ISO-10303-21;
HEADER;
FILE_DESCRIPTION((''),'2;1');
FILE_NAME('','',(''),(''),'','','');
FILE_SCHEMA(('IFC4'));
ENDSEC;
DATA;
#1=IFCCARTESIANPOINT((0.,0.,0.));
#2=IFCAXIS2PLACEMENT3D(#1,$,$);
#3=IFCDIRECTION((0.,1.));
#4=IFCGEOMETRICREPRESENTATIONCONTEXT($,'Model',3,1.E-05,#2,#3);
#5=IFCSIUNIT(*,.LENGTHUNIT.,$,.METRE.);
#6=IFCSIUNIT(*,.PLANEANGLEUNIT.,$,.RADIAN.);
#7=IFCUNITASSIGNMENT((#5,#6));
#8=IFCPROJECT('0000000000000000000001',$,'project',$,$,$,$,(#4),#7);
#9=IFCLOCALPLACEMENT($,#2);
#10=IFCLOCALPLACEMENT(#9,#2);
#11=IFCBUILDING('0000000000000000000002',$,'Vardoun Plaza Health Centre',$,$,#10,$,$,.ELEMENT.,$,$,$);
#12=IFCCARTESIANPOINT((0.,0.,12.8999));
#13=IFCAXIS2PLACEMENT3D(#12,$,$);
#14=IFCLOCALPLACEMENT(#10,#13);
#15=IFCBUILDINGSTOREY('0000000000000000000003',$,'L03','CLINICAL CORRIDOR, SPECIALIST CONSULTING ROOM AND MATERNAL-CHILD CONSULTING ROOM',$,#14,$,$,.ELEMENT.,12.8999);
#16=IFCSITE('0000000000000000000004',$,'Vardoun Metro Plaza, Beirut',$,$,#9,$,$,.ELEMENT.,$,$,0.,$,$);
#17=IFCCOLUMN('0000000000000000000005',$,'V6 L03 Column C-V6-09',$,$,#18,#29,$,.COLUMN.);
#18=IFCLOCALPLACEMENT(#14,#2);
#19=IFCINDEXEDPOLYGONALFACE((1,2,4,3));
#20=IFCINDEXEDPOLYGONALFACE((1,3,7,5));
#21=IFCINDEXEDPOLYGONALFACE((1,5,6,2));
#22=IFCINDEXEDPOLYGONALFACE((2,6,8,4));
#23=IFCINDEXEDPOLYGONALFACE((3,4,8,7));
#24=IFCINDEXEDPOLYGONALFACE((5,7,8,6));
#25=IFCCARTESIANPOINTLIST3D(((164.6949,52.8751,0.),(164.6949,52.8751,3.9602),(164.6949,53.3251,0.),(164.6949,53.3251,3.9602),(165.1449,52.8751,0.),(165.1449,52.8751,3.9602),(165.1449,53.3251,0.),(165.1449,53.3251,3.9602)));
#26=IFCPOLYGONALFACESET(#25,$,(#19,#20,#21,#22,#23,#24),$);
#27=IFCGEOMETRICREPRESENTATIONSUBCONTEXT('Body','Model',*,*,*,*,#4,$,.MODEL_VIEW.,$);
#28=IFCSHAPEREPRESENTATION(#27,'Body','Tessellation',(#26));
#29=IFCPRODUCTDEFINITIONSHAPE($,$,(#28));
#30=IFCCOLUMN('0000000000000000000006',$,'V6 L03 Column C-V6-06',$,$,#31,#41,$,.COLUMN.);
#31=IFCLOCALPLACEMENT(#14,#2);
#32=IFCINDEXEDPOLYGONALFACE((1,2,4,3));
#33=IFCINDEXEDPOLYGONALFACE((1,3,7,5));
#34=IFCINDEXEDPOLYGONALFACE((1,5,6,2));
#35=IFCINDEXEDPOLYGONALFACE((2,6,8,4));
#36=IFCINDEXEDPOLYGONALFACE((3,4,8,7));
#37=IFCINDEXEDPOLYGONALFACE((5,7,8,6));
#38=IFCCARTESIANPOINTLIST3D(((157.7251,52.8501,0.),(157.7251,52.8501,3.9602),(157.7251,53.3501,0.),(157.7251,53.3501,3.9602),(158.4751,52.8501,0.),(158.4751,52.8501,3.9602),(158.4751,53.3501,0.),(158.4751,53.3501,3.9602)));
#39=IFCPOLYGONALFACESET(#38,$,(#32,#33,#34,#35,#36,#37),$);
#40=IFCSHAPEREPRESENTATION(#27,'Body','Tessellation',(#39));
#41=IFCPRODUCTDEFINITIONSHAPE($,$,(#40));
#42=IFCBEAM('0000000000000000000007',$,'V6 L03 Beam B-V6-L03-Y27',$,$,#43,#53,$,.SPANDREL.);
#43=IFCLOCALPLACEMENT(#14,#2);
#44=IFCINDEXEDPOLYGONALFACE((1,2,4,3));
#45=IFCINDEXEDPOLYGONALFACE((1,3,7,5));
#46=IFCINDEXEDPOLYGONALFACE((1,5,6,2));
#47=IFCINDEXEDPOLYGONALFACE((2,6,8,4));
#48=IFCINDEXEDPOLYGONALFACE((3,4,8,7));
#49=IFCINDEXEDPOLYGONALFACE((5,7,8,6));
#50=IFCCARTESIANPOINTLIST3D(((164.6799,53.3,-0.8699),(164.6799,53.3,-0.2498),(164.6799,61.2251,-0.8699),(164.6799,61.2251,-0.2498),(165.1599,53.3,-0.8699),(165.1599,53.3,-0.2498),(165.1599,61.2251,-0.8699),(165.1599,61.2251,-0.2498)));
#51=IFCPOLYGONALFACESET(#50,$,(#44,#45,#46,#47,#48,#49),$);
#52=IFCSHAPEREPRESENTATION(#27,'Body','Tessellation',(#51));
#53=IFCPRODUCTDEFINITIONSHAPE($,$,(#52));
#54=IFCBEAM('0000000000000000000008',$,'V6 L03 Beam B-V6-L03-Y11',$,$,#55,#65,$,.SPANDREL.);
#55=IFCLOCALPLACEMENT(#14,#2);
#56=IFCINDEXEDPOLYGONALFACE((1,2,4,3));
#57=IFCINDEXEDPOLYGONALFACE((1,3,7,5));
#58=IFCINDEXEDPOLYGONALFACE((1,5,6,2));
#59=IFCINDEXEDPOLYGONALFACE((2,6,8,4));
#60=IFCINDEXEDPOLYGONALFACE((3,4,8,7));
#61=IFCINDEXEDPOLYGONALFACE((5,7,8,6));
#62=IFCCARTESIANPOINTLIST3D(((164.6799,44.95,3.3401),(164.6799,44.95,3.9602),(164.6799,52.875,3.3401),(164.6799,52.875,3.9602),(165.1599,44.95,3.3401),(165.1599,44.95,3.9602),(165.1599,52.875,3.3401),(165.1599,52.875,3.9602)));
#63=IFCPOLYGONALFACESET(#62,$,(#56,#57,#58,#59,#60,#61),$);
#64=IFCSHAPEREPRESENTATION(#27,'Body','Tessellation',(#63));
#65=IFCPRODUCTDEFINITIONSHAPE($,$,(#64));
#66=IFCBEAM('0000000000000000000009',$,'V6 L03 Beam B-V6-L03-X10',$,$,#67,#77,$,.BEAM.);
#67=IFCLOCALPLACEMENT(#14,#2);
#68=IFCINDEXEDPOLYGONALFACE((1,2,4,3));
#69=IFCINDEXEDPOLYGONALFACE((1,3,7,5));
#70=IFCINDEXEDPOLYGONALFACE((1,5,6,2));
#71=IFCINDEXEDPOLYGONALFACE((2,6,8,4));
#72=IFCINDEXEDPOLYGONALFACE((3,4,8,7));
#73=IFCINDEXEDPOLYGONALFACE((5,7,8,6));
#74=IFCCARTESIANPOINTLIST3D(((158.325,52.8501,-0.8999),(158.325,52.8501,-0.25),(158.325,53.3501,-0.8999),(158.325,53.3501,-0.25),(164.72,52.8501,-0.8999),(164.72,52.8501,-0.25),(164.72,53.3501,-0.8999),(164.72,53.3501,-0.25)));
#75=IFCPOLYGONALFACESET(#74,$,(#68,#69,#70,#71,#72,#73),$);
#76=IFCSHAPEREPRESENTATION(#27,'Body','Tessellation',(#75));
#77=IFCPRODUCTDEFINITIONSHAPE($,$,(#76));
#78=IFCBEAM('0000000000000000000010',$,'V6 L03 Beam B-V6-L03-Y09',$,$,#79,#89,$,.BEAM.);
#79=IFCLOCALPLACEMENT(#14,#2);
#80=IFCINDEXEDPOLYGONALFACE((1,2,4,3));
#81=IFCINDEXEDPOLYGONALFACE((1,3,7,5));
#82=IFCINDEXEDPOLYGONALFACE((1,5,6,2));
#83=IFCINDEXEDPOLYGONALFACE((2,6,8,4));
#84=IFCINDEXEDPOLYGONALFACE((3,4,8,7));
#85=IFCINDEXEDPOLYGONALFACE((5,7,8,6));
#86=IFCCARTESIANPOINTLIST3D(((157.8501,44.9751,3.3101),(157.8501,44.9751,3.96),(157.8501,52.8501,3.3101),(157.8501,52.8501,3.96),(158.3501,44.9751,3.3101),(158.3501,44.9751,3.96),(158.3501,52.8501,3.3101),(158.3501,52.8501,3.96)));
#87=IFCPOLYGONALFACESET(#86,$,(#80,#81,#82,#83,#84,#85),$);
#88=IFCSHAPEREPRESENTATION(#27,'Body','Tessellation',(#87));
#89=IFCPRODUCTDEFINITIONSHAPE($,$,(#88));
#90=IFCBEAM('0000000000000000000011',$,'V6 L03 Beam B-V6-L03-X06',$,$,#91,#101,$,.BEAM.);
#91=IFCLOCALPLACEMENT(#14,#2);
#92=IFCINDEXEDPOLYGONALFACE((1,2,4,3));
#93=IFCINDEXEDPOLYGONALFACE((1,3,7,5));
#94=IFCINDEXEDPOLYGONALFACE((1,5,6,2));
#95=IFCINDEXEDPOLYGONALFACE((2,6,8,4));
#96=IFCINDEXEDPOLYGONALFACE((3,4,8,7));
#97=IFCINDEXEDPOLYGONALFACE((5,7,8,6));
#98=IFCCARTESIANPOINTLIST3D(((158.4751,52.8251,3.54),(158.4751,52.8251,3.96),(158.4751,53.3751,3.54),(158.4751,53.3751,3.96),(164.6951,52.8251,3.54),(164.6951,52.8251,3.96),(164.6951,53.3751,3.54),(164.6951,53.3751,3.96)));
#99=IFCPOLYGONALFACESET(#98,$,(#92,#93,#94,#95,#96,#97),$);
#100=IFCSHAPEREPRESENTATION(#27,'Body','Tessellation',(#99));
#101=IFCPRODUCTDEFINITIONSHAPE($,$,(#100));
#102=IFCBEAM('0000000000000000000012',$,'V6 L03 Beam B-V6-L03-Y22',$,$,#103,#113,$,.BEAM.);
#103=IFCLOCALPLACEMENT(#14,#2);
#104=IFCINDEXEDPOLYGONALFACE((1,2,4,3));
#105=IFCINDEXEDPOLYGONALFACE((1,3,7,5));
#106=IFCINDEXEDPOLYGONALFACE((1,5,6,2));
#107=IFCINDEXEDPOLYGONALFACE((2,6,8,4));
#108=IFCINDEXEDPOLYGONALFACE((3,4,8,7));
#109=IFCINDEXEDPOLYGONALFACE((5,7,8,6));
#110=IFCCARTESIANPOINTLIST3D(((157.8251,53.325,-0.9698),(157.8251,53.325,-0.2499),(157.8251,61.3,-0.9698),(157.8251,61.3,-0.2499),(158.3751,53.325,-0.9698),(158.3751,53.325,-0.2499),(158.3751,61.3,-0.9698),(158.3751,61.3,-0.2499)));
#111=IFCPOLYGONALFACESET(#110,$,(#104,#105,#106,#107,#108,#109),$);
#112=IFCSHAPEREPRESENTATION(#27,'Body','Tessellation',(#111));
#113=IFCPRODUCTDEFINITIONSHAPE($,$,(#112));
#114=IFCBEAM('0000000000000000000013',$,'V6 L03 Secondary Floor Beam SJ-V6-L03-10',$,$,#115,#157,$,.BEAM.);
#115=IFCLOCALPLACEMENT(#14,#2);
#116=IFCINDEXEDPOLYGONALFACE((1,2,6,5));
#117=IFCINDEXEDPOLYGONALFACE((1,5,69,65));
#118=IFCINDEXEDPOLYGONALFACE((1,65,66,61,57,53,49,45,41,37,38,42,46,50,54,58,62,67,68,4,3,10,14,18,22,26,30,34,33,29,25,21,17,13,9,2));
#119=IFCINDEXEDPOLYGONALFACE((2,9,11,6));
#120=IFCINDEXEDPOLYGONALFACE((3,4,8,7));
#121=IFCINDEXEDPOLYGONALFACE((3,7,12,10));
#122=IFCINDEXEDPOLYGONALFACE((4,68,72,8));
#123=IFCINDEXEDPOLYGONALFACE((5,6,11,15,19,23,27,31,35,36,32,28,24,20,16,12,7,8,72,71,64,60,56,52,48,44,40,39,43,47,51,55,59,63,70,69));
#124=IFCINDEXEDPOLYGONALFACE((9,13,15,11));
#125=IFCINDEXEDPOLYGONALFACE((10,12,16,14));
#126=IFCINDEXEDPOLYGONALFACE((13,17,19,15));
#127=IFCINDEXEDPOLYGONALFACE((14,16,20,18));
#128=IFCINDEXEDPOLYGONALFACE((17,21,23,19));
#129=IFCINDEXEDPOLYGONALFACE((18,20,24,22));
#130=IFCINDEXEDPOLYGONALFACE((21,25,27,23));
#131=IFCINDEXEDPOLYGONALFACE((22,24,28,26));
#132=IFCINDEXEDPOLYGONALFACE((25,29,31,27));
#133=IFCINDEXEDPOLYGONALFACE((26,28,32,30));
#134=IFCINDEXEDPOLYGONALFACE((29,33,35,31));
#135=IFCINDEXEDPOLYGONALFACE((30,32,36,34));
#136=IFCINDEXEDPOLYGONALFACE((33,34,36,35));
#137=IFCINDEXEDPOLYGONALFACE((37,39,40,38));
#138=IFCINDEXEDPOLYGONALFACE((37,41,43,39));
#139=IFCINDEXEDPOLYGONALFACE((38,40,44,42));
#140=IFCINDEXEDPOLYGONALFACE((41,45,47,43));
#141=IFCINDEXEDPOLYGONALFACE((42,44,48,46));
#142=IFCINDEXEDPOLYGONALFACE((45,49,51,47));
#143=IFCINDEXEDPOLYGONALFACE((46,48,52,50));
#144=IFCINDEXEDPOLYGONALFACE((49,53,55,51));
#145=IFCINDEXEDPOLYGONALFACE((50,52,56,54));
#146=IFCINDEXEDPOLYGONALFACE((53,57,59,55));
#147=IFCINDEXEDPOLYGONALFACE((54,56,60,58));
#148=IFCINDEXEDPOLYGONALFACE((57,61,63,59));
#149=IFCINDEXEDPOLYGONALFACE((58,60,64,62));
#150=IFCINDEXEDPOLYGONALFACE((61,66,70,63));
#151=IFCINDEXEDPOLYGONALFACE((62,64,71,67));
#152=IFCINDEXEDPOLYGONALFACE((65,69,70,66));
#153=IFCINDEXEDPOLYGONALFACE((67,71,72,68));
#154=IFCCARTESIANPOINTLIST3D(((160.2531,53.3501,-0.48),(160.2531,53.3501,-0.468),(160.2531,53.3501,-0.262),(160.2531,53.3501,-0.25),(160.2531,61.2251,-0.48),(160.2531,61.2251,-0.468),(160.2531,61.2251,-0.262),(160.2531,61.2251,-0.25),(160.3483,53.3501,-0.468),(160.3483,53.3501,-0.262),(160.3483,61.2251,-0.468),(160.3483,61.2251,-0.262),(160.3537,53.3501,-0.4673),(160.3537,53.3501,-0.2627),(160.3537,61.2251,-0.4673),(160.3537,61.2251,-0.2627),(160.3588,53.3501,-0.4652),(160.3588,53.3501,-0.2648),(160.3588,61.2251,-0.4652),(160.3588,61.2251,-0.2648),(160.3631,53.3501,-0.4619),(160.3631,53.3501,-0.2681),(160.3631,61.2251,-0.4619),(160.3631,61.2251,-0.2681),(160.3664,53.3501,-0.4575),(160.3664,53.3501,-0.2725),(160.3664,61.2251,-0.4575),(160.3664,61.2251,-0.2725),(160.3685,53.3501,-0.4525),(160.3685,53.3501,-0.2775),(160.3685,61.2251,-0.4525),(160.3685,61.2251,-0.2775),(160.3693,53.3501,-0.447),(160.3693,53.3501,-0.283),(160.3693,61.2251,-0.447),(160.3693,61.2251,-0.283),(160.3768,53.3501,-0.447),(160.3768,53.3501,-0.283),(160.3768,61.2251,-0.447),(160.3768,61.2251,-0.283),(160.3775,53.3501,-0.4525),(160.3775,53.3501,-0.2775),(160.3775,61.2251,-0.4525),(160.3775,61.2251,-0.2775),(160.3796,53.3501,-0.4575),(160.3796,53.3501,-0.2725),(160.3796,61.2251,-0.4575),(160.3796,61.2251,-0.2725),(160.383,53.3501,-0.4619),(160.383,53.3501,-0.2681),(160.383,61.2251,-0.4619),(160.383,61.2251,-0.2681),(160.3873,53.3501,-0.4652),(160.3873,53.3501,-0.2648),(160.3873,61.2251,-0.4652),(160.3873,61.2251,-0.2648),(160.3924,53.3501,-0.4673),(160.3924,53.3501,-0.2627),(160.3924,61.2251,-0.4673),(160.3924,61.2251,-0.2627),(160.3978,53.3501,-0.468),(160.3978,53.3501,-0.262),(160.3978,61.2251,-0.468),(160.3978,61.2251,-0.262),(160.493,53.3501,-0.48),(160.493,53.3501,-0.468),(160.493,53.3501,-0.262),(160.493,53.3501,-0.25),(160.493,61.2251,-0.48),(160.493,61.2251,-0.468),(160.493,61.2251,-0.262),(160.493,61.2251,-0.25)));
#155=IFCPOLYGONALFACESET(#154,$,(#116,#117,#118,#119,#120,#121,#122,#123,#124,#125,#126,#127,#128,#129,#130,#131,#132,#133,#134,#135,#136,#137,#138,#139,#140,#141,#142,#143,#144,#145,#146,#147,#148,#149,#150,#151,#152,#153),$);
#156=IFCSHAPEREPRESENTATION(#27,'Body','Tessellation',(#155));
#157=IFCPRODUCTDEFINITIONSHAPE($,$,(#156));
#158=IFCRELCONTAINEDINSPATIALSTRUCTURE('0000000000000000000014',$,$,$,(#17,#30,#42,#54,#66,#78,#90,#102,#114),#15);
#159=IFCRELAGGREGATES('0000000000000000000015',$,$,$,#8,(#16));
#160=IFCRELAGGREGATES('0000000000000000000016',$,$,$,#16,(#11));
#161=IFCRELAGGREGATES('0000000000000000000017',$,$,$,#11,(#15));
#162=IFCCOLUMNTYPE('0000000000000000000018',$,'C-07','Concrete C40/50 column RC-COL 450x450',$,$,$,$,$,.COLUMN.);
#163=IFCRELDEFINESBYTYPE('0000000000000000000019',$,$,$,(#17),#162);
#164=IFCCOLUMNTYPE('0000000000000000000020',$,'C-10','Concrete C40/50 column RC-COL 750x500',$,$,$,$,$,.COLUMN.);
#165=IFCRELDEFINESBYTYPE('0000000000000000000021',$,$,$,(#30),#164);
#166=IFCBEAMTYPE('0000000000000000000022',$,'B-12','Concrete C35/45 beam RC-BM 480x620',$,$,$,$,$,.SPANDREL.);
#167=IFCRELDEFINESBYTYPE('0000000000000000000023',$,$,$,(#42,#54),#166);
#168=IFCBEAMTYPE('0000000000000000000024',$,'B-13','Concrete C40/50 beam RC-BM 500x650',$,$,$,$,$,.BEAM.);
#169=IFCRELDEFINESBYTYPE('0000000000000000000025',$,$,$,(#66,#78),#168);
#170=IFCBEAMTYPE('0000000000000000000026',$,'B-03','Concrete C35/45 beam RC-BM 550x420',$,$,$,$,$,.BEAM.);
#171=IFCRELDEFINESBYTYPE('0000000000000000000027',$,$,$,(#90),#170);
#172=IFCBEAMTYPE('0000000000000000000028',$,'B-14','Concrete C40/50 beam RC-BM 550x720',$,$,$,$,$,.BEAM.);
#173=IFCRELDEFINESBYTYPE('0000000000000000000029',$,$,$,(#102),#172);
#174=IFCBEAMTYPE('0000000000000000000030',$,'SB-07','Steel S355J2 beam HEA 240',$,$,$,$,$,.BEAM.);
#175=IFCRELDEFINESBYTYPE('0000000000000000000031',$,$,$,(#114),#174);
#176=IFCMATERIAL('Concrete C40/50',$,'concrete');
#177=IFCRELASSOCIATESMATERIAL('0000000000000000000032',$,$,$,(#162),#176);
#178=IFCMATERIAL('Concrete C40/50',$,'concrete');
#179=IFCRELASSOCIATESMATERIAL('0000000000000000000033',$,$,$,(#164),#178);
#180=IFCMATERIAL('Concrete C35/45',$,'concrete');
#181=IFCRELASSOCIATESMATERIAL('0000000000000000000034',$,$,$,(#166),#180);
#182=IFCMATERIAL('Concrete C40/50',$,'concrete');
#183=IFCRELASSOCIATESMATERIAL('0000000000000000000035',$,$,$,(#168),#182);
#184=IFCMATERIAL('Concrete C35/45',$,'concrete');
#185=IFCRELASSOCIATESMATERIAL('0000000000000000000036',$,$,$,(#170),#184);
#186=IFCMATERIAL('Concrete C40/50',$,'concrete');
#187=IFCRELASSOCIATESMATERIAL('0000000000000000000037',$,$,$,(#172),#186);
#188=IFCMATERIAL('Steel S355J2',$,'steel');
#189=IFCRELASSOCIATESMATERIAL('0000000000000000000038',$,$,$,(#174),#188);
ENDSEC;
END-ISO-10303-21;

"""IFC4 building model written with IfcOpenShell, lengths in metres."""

from ifc_helpers import new_model, si_unit, direction, frame, origin, origin_2d, place, context, subcontext, project, spatial, rectangle, i_section, extrude, material, material_profile, profile_set, type_object, element, save


model = new_model("IFC4")

# Units and contexts
model_context = context("Model", 3, precision=1e-05, world=origin(), true_north=direction((0.0, 1.0)))
body_context = subcontext(model_context, "Body", "Model", "MODEL_VIEW")
ifc_project = project(units=[si_unit("LENGTHUNIT", "METRE"), si_unit("PLANEANGLEUNIT", "RADIAN")], contexts=[model_context])

# Site, building, storey
site_placement = place(None, origin())
site = spatial("IfcSite", under=ifc_project, at=site_placement, Name="Vardoun Metro Plaza, Beirut", CompositionType="ELEMENT", RefElevation=0.0)
building_placement = place(site_placement, origin())
building = spatial("IfcBuilding", under=site, at=building_placement, Name="Vardoun Plaza Health Centre", CompositionType="ELEMENT")
storey_placement = place(building_placement, frame((0.0, 0.0, 12.8999)))
storey = spatial("IfcBuildingStorey", under=building, at=storey_placement, Name="L03", Description="CLINICAL CORRIDOR, SPECIALIST CONSULTING ROOM AND MATERNAL-CHILD CONSULTING ROOM", CompositionType="ELEMENT", Elevation=12.8999)

# Columns
ifc_material_1 = material(Name="Concrete C40/50", Category="concrete")
ifc_material_profile_1 = material_profile(ifc_material_1, rectangle(XDim=0.45, YDim=0.45, at=origin_2d()), Name="RC-COL 450x450")
ifc_profile_set_1 = profile_set([ifc_material_profile_1], Name="Concrete C40/50")
column_type_1 = type_object("IfcColumnType", Name="C-07", Description="Concrete C40/50 column RC-COL 450x450", PredefinedType="COLUMN", material=ifc_profile_set_1)
column_1_placement = place(storey_placement, frame((164.9199, 53.1001, 0.0), z_axis=(0.0, 0.0, 1.0), x_axis=(1.0, 0.0, 0.0)))
element("IfcColumn", 1, at=column_1_placement, inside=storey, type_object=column_type_1, Name="V6 L03 Column C-V6-09", PredefinedType="COLUMN", context=body_context, shape_type="SweptSolid", body=[
    extrude(rectangle(XDim=0.45, YDim=0.45, at=origin_2d()), origin(), (0.0, 0.0, 1.0), 3.9602),
])
ifc_material_2 = material(Name="Concrete C40/50", Category="concrete")
ifc_material_profile_2 = material_profile(ifc_material_2, rectangle(XDim=0.75, YDim=0.5, at=origin_2d()), Name="RC-COL 750x500")
ifc_profile_set_2 = profile_set([ifc_material_profile_2], Name="Concrete C40/50")
column_type_2 = type_object("IfcColumnType", Name="C-10", Description="Concrete C40/50 column RC-COL 750x500", PredefinedType="COLUMN", material=ifc_profile_set_2)
column_2_placement = place(storey_placement, frame((158.1001, 53.1001, 0.0), z_axis=(0.0, 0.0, 1.0), x_axis=(1.0, 0.0, 0.0)))
element("IfcColumn", 2, at=column_2_placement, inside=storey, type_object=column_type_2, Name="V6 L03 Column C-V6-06", PredefinedType="COLUMN", context=body_context, shape_type="SweptSolid", body=[
    extrude(rectangle(XDim=0.75, YDim=0.5, at=origin_2d()), origin(), (0.0, 0.0, 1.0), 3.9602),
])

# Beams
ifc_material_3 = material(Name="Concrete C35/45", Category="concrete")
ifc_material_profile_3 = material_profile(ifc_material_3, rectangle(XDim=0.48, YDim=0.6201, at=origin_2d()), Name="RC-BM 480x620")
ifc_profile_set_3 = profile_set([ifc_material_profile_3], Name="Concrete C35/45")
beam_type_1 = type_object("IfcBeamType", Name="B-12", Description="Concrete C35/45 beam RC-BM 480x620", PredefinedType="SPANDREL", material=ifc_profile_set_3)
for number, where, z_axis, x_axis, name in (
    (3, (164.9199, 53.3, -0.5598), (0.0, 1.0, 0.0), (-1.0, 0.0, 0.0), "V6 L03 Beam B-V6-L03-Y27"),
    (4, (164.9199, 44.95, 3.6501), (0.0, 1.0, 0.0), (-1.0, 0.0, 0.0), "V6 L03 Beam B-V6-L03-Y11"),
):
    element("IfcBeam", number, at=place(storey_placement, frame(where, z_axis=z_axis, x_axis=x_axis)), inside=storey, type_object=beam_type_1, Name=name, PredefinedType="SPANDREL", context=body_context, shape_type="SweptSolid", body=[
        extrude(rectangle(XDim=0.48, YDim=0.6201, at=origin_2d()), origin(), (0.0, 0.0, 1.0), 7.925),
    ])
ifc_material_4 = material(Name="Concrete C40/50", Category="concrete")
ifc_material_profile_4 = material_profile(ifc_material_4, rectangle(XDim=0.5, YDim=0.6499, at=origin_2d()), Name="RC-BM 500x650")
ifc_profile_set_4 = profile_set([ifc_material_profile_4], Name="Concrete C40/50")
beam_type_2 = type_object("IfcBeamType", Name="B-13", Description="Concrete C40/50 beam RC-BM 500x650", PredefinedType="BEAM", material=ifc_profile_set_4)
beam_1_placement = place(storey_placement, frame((158.325, 53.1001, -0.575), z_axis=(1.0, 0.0, 0.0), x_axis=(0.0, 1.0, 0.0)))
element("IfcBeam", 5, at=beam_1_placement, inside=storey, type_object=beam_type_2, Name="V6 L03 Beam B-V6-L03-X10", PredefinedType="BEAM", context=body_context, shape_type="SweptSolid", body=[
    extrude(rectangle(XDim=0.5, YDim=0.6499, at=origin_2d()), origin(), (0.0, 0.0, 1.0), 6.395),
])
beam_2_placement = place(storey_placement, frame((158.1001, 44.9751, 3.635), z_axis=(0.0, 1.0, 0.0), x_axis=(-1.0, 0.0, 0.0)))
element("IfcBeam", 6, at=beam_2_placement, inside=storey, type_object=beam_type_2, Name="V6 L03 Beam B-V6-L03-Y09", PredefinedType="BEAM", context=body_context, shape_type="SweptSolid", body=[
    extrude(rectangle(XDim=0.5, YDim=0.6499, at=origin_2d()), origin(), (0.0, 0.0, 1.0), 7.875),
])
ifc_material_5 = material(Name="Concrete C35/45", Category="concrete")
ifc_material_profile_5 = material_profile(ifc_material_5, rectangle(XDim=0.55, YDim=0.4199, at=origin_2d()), Name="RC-BM 550x420")
ifc_profile_set_5 = profile_set([ifc_material_profile_5], Name="Concrete C35/45")
beam_type_3 = type_object("IfcBeamType", Name="B-03", Description="Concrete C35/45 beam RC-BM 550x420", PredefinedType="BEAM", material=ifc_profile_set_5)
beam_3_placement = place(storey_placement, frame((158.4751, 53.1001, 3.75), z_axis=(1.0, 0.0, 0.0), x_axis=(0.0, 1.0, 0.0)))
element("IfcBeam", 7, at=beam_3_placement, inside=storey, type_object=beam_type_3, Name="V6 L03 Beam B-V6-L03-X06", PredefinedType="BEAM", context=body_context, shape_type="SweptSolid", body=[
    extrude(rectangle(XDim=0.55, YDim=0.4199, at=origin_2d()), origin(), (0.0, 0.0, 1.0), 6.22),
])
ifc_material_6 = material(Name="Concrete C40/50", Category="concrete")
ifc_material_profile_6 = material_profile(ifc_material_6, rectangle(XDim=0.55, YDim=0.72, at=origin_2d()), Name="RC-BM 550x720")
ifc_profile_set_6 = profile_set([ifc_material_profile_6], Name="Concrete C40/50")
beam_type_4 = type_object("IfcBeamType", Name="B-14", Description="Concrete C40/50 beam RC-BM 550x720", PredefinedType="BEAM", material=ifc_profile_set_6)
beam_4_placement = place(storey_placement, frame((158.1001, 53.325, -0.6099), z_axis=(0.0, 1.0, 0.0), x_axis=(-1.0, 0.0, 0.0)))
element("IfcBeam", 8, at=beam_4_placement, inside=storey, type_object=beam_type_4, Name="V6 L03 Beam B-V6-L03-Y22", PredefinedType="BEAM", context=body_context, shape_type="SweptSolid", body=[
    extrude(rectangle(XDim=0.55, YDim=0.72, at=origin_2d()), origin(), (0.0, 0.0, 1.0), 7.9751),
])
ifc_material_7 = material(Name="Steel S355J2", Category="steel")
ifc_material_profile_7 = material_profile(ifc_material_7, i_section(OverallWidth=0.24, OverallDepth=0.23, WebThickness=0.0076, FlangeThickness=0.012, FilletRadius=0.021, at=origin_2d()), Name="HEA 240")
ifc_profile_set_7 = profile_set([ifc_material_profile_7], Name="Steel S355J2")
beam_type_5 = type_object("IfcBeamType", Name="SB-07", Description="Steel S355J2 beam HEA 240", PredefinedType="BEAM", material=ifc_profile_set_7)
beam_5_placement = place(storey_placement, frame((160.373, 53.3501, -0.365), z_axis=(0.0, 1.0, 0.0), x_axis=(-1.0, 0.0, 0.0)))
element("IfcBeam", 9, at=beam_5_placement, inside=storey, type_object=beam_type_5, Name="V6 L03 Secondary Floor Beam SJ-V6-L03-10", PredefinedType="BEAM", context=body_context, shape_type="SweptSolid", body=[
    extrude(i_section(OverallWidth=0.24, OverallDepth=0.23, WebThickness=0.0076, FlangeThickness=0.012, FilletRadius=0.021, at=origin_2d()), origin(), (0.0, 0.0, 1.0), 7.875),
])

save(model, "model.ifc")
